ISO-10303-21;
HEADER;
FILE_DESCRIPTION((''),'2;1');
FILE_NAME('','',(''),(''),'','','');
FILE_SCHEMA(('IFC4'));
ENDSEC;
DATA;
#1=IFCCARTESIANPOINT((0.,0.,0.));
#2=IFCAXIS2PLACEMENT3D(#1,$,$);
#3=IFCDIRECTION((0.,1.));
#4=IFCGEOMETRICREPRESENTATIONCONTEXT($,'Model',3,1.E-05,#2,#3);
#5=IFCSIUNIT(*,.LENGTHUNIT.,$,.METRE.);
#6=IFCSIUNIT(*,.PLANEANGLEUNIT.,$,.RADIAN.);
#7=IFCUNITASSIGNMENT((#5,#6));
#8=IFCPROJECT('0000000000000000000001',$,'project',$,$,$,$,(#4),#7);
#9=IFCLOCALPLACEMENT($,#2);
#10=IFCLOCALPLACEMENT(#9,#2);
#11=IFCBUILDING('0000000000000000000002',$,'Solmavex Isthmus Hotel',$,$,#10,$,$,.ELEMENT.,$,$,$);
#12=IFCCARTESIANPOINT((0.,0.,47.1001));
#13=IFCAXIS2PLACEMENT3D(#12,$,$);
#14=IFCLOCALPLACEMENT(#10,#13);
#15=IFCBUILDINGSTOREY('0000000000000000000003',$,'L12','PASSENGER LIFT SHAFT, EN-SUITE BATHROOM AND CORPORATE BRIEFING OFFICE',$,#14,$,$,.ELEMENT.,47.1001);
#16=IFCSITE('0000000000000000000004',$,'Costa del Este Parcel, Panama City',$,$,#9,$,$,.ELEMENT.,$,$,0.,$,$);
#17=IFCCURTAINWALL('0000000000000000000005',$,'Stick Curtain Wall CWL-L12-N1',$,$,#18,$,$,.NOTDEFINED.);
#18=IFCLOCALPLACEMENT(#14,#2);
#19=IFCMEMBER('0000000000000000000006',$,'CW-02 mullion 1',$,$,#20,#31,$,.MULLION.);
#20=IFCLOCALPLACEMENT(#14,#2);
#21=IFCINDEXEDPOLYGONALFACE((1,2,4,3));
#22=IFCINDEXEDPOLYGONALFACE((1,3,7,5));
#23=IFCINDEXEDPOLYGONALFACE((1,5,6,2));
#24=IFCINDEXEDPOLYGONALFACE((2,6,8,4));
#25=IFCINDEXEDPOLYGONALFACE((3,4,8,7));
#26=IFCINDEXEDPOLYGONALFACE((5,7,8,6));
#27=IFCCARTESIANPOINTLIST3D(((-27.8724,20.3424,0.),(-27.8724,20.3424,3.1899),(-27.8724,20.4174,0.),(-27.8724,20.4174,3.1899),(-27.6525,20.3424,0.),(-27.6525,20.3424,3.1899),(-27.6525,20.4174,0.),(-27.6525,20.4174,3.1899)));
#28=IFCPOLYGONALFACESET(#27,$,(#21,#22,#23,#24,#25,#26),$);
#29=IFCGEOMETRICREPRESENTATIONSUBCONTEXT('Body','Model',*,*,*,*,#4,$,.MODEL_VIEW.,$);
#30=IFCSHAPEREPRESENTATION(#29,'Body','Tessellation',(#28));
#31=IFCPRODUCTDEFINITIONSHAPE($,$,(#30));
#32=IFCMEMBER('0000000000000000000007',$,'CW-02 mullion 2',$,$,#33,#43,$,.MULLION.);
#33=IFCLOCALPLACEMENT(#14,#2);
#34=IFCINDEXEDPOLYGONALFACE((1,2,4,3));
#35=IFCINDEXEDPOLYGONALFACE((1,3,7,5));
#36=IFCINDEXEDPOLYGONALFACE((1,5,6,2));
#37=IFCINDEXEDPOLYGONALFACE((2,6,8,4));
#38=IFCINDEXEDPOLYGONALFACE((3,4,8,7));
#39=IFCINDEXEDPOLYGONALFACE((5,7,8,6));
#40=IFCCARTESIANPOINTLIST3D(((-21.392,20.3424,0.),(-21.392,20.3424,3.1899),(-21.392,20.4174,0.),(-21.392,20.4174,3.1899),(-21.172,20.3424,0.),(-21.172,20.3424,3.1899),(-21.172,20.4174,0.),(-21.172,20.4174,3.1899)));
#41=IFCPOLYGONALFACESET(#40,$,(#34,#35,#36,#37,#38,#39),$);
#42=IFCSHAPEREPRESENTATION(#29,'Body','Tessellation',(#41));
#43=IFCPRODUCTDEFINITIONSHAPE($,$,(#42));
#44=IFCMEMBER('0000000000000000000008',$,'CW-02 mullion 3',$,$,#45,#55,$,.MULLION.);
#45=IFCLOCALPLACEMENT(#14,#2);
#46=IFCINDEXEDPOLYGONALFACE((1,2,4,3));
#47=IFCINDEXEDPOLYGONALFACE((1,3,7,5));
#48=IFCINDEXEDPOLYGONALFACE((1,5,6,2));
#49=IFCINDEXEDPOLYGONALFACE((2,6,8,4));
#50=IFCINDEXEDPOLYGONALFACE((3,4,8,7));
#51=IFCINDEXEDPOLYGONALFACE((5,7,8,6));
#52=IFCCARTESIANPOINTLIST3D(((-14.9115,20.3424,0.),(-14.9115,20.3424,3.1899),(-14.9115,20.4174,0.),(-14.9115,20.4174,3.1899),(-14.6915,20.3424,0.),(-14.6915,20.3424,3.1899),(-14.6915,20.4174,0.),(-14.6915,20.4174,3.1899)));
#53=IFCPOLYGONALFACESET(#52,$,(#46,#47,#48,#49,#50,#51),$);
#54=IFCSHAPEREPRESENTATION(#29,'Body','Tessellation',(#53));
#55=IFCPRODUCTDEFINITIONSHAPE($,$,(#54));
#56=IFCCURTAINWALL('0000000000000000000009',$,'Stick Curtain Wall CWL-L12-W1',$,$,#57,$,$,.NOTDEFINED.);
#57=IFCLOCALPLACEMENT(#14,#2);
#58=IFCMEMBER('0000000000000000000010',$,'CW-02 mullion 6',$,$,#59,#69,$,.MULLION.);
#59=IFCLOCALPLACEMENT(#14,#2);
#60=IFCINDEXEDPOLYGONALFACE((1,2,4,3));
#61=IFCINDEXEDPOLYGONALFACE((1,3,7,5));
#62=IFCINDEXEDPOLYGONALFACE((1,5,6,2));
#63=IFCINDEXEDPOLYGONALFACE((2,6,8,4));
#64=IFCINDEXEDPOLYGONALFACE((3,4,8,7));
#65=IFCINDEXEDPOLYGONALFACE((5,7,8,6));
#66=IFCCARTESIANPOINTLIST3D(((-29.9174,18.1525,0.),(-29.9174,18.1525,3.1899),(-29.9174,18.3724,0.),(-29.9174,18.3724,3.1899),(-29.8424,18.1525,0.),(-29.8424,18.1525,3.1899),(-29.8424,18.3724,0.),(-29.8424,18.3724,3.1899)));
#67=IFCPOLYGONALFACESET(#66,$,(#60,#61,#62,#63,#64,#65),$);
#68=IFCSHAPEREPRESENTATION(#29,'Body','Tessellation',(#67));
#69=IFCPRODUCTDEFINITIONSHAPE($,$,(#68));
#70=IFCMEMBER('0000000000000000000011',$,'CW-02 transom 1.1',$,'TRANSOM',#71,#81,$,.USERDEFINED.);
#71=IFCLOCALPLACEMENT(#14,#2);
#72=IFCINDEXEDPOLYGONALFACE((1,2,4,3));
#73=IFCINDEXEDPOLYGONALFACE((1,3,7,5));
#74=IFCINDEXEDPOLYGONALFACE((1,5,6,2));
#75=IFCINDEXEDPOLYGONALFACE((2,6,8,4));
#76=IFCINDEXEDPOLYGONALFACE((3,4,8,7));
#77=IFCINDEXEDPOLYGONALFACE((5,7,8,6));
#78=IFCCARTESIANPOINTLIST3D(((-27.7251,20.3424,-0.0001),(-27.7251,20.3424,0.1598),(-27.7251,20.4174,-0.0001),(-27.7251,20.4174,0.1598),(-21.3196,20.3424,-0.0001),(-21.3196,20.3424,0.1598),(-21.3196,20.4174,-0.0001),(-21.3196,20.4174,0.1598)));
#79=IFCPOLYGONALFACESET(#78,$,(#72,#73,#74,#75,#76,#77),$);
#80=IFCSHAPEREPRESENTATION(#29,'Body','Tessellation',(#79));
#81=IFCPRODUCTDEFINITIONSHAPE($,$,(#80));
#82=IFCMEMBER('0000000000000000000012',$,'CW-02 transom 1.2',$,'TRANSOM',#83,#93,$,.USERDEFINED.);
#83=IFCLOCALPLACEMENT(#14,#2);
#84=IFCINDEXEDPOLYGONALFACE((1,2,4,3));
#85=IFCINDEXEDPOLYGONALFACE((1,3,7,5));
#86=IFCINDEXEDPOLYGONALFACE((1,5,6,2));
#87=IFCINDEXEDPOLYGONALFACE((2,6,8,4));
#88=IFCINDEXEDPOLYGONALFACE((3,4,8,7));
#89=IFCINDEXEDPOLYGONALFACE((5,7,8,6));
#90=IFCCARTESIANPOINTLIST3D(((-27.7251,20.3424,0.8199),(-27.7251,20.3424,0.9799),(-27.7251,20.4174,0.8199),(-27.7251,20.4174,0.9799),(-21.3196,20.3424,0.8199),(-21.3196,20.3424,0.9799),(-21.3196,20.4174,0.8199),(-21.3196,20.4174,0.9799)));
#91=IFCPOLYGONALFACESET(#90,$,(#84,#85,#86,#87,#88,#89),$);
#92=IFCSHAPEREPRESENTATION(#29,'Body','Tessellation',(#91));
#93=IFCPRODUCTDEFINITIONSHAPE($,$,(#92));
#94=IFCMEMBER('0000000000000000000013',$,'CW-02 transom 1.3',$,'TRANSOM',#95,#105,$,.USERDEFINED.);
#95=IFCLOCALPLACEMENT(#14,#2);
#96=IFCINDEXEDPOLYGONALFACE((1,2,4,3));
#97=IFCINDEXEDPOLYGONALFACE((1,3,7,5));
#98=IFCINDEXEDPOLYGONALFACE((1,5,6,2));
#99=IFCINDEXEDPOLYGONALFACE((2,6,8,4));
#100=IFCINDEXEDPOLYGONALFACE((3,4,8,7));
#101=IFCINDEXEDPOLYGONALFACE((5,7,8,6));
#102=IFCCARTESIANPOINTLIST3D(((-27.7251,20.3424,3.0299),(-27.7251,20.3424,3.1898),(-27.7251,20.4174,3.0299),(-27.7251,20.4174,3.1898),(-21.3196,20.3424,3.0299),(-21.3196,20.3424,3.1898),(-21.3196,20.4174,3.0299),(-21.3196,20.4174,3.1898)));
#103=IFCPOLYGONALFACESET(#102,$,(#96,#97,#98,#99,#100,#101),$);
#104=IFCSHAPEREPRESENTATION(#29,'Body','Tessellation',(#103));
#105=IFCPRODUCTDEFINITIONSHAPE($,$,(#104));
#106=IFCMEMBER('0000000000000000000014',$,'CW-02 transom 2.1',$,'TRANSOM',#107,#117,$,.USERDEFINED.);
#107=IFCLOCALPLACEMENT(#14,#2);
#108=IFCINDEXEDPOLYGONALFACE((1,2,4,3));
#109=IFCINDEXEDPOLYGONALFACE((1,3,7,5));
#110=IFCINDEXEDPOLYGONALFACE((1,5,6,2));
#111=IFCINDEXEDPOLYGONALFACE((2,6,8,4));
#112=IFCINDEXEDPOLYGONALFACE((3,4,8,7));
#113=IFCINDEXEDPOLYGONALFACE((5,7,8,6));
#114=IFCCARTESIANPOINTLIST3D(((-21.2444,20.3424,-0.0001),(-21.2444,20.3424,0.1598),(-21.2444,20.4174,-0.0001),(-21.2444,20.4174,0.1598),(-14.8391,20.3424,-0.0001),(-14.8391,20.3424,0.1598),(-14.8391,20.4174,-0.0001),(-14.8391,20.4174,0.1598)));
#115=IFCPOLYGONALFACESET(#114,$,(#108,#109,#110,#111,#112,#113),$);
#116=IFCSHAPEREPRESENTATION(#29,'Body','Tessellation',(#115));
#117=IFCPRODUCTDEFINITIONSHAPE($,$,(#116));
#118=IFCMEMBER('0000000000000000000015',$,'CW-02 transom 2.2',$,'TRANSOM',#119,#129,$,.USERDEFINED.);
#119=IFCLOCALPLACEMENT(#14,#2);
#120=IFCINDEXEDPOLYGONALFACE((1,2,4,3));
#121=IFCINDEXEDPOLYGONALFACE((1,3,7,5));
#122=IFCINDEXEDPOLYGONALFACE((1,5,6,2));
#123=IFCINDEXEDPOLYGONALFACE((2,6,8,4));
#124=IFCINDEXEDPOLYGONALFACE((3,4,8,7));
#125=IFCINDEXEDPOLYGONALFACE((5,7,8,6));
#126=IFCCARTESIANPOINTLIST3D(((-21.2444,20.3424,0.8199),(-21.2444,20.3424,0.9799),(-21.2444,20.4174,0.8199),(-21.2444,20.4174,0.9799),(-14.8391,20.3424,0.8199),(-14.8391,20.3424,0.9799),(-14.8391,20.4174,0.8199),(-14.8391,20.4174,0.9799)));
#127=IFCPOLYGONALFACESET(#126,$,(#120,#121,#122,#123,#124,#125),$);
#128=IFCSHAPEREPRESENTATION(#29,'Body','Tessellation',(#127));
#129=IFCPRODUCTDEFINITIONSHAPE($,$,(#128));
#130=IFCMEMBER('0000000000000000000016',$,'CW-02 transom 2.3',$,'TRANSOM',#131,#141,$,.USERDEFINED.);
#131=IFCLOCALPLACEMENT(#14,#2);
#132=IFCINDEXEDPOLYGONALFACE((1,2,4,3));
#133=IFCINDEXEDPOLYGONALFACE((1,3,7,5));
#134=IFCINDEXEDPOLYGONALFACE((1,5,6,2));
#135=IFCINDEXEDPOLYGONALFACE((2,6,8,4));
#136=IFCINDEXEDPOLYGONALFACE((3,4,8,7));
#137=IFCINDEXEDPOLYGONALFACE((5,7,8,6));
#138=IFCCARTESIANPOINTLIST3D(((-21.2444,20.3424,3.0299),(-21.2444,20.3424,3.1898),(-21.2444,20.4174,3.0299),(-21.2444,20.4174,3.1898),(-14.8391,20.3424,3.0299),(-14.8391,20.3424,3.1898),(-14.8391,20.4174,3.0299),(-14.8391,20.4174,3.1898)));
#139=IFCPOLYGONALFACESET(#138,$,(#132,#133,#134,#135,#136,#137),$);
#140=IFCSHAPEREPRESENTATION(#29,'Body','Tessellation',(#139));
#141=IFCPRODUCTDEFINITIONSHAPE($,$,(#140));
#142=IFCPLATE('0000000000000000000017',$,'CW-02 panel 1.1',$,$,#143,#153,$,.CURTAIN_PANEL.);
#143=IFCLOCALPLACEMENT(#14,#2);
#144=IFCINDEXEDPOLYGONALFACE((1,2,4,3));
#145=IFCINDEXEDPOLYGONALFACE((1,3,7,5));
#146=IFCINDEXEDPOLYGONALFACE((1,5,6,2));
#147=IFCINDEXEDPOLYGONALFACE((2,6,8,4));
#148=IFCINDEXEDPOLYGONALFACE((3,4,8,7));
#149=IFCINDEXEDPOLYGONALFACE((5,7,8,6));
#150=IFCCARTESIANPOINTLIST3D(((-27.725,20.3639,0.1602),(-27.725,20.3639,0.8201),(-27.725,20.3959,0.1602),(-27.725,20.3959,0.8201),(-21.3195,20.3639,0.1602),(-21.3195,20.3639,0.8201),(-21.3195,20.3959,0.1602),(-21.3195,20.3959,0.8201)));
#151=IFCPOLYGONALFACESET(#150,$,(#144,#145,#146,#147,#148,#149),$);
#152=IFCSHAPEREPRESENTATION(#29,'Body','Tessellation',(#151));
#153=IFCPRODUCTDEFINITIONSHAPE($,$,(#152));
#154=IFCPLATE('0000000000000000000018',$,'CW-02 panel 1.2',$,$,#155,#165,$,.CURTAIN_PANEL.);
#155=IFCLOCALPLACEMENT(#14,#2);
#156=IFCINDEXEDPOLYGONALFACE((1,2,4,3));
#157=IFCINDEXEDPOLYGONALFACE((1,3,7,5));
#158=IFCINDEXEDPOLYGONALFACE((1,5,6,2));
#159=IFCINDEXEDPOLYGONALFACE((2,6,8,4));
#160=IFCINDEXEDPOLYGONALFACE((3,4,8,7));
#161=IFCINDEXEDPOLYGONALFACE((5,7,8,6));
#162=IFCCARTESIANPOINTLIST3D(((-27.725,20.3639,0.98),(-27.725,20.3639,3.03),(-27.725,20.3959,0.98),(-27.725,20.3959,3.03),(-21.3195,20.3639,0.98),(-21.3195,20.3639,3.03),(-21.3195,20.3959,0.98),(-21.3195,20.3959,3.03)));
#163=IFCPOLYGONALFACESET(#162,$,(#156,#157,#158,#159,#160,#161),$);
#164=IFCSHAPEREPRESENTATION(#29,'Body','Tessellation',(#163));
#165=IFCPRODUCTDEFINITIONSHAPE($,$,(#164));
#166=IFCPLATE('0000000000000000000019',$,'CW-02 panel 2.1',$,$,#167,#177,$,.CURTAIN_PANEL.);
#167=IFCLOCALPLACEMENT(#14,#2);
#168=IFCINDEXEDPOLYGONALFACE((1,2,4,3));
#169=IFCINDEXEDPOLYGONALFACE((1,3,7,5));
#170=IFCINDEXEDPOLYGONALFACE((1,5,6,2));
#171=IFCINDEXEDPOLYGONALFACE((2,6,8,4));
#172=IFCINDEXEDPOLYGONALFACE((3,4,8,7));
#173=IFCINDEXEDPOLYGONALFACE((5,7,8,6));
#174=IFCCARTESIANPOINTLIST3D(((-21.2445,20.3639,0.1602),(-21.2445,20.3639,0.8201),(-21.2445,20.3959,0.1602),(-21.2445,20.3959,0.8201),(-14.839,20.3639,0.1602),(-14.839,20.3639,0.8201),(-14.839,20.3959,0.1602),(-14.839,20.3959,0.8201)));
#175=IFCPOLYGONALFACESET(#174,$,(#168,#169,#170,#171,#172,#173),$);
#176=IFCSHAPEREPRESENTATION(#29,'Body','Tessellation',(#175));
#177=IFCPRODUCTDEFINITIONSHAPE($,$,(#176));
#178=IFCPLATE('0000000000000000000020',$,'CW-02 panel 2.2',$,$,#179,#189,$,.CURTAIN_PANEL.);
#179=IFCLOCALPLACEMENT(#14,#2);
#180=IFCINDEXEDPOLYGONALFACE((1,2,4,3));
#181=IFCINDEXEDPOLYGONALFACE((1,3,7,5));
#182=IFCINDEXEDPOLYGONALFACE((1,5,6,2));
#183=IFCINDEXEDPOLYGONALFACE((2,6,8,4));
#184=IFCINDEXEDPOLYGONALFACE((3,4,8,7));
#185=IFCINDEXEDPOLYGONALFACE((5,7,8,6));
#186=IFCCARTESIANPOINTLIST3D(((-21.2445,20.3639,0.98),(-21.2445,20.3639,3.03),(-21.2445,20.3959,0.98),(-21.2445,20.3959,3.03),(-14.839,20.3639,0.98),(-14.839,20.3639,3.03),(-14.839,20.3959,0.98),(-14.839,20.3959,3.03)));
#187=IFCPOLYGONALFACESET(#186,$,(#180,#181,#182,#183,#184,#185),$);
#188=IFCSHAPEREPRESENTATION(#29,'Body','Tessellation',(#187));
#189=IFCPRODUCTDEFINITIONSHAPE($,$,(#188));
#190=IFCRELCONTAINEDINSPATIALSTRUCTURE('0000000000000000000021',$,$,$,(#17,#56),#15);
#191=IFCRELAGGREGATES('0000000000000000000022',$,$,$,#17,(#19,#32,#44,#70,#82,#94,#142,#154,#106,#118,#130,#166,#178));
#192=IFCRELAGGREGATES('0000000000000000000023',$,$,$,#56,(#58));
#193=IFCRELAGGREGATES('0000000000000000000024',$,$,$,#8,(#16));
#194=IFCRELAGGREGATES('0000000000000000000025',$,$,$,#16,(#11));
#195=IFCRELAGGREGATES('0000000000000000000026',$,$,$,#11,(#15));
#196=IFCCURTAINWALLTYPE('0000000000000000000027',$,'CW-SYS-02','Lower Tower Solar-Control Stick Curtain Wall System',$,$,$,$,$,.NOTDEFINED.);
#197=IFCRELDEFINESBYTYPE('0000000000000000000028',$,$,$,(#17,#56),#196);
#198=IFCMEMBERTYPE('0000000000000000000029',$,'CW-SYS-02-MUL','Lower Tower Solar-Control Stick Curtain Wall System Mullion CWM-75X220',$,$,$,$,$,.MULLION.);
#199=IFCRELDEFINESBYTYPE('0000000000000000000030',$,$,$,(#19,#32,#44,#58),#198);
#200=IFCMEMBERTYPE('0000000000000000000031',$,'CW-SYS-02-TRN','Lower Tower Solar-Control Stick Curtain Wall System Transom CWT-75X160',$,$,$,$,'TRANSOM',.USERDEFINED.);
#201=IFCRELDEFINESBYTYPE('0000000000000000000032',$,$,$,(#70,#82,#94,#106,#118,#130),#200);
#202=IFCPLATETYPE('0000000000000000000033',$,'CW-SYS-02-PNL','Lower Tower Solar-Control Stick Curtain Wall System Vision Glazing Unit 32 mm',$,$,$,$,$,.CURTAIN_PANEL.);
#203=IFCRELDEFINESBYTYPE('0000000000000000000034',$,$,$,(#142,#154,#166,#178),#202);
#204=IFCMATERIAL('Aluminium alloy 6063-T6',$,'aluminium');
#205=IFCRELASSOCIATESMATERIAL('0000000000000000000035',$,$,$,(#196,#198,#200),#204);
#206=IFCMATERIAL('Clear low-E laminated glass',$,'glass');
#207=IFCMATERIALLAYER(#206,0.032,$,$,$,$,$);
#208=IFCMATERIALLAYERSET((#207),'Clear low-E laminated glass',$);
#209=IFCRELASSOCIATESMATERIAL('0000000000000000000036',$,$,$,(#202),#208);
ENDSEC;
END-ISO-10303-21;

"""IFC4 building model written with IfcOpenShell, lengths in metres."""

from ifc_helpers import new_model, si_unit, direction, frame, origin, origin_2d, place, context, subcontext, project, spatial, rectangle, extrude, material, layer, layer_set, material_profile, profile_set, type_object, element, aggregate, save


model = new_model("IFC4")

# Units and contexts
model_context = context("Model", 3, precision=1e-05, world=origin(), true_north=direction((0.0, 1.0)))
body_context = subcontext(model_context, "Body", "Model", "MODEL_VIEW")
ifc_project = project(units=[si_unit("LENGTHUNIT", "METRE"), si_unit("PLANEANGLEUNIT", "RADIAN")], contexts=[model_context])

# Site, building, storey
site_placement = place(None, origin())
site = spatial("IfcSite", under=ifc_project, at=site_placement, Name="Costa del Este Parcel, Panama City", CompositionType="ELEMENT", RefElevation=0.0)
building_placement = place(site_placement, origin())
building = spatial("IfcBuilding", under=site, at=building_placement, Name="Solmavex Isthmus Hotel", CompositionType="ELEMENT")
storey_placement = place(building_placement, frame((0.0, 0.0, 47.1001)))
storey = spatial("IfcBuildingStorey", under=building, at=storey_placement, Name="L12", Description="PASSENGER LIFT SHAFT, EN-SUITE BATHROOM AND CORPORATE BRIEFING OFFICE", CompositionType="ELEMENT", Elevation=47.1001)

# Curtain wall, members
ifc_material_1 = material(Name="Aluminium alloy 6063-T6", Category="aluminium")
curtain_wall_type = type_object("IfcCurtainWallType", Name="CW-SYS-02", Description="Lower Tower Solar-Control Stick Curtain Wall System", PredefinedType="NOTDEFINED", material=ifc_material_1)
curtain_wall_1_placement = place(storey_placement, origin())
curtain_wall_1 = element("IfcCurtainWall", 1, at=curtain_wall_1_placement, inside=storey, type_object=curtain_wall_type, Name="Stick Curtain Wall CWL-L12-N1", PredefinedType="NOTDEFINED")
ifc_material_profile_1 = material_profile(ifc_material_1, rectangle(XDim=0.075, YDim=0.22, at=origin_2d()), Name="CWM-75X220")
ifc_profile_set_1 = profile_set([ifc_material_profile_1], Name="Aluminium alloy 6063-T6")
member_type_1 = type_object("IfcMemberType", Name="CW-SYS-02-MUL", Description="Lower Tower Solar-Control Stick Curtain Wall System Mullion CWM-75X220", PredefinedType="MULLION", material=ifc_profile_set_1)
member_1_placement = place(storey_placement, frame((-27.7625, 20.3799, 0.0), z_axis=(0.0, 0.0, 1.0), x_axis=(0.0, 1.0, 0.0)))
member_1 = element("IfcMember", 2, at=member_1_placement, type_object=member_type_1, Name="CW-02 mullion 1", PredefinedType="MULLION", context=body_context, shape_type="SweptSolid", body=[
    extrude(rectangle(XDim=0.075, YDim=0.22, at=origin_2d()), origin(), (0.0, 0.0, 1.0), 3.1899),
])
member_2_placement = place(storey_placement, frame((-21.282, 20.3799, 0.0), z_axis=(0.0, 0.0, 1.0), x_axis=(0.0, 1.0, 0.0)))
member_2 = element("IfcMember", 3, at=member_2_placement, type_object=member_type_1, Name="CW-02 mullion 2", PredefinedType="MULLION", context=body_context, shape_type="SweptSolid", body=[
    extrude(rectangle(XDim=0.075, YDim=0.22, at=origin_2d()), origin(), (0.0, 0.0, 1.0), 3.1899),
])
member_3_placement = place(storey_placement, frame((-14.8015, 20.3799, 0.0), z_axis=(0.0, 0.0, 1.0), x_axis=(0.0, 1.0, 0.0)))
member_3 = element("IfcMember", 4, at=member_3_placement, type_object=member_type_1, Name="CW-02 mullion 3", PredefinedType="MULLION", context=body_context, shape_type="SweptSolid", body=[
    extrude(rectangle(XDim=0.075, YDim=0.22, at=origin_2d()), origin(), (0.0, 0.0, 1.0), 3.1899),
])

# Curtain wall, member
curtain_wall_2_placement = place(storey_placement, origin())
curtain_wall_2 = element("IfcCurtainWall", 5, at=curtain_wall_2_placement, inside=storey, type_object=curtain_wall_type, Name="Stick Curtain Wall CWL-L12-W1", PredefinedType="NOTDEFINED")
member_4_placement = place(storey_placement, frame((-29.8799, 18.2625, 0.0), z_axis=(0.0, 0.0, 1.0), x_axis=(-1.0, 0.0, 0.0)))
member_4 = element("IfcMember", 6, at=member_4_placement, type_object=member_type_1, Name="CW-02 mullion 6", PredefinedType="MULLION", context=body_context, shape_type="SweptSolid", body=[
    extrude(rectangle(XDim=0.075, YDim=0.22, at=origin_2d()), origin(), (0.0, 0.0, 1.0), 3.1899),
])

# Members
ifc_material_profile_2 = material_profile(ifc_material_1, rectangle(XDim=0.075, YDim=0.1599, at=origin_2d()), Name="CWT-75X160")
ifc_profile_set_2 = profile_set([ifc_material_profile_2], Name="Aluminium alloy 6063-T6")
member_type_2 = type_object("IfcMemberType", Name="CW-SYS-02-TRN", Description="Lower Tower Solar-Control Stick Curtain Wall System Transom CWT-75X160", ElementType="TRANSOM", PredefinedType="USERDEFINED", material=ifc_profile_set_2)
member_5_placement = place(storey_placement, frame((-27.7251, 20.3799, 0.0798), z_axis=(1.0, 0.0, 0.0), x_axis=(0.0, 1.0, 0.0)))
member_5 = element("IfcMember", 7, at=member_5_placement, type_object=member_type_2, Name="CW-02 transom 1.1", ObjectType="TRANSOM", PredefinedType="USERDEFINED", context=body_context, shape_type="SweptSolid", body=[
    extrude(rectangle(XDim=0.075, YDim=0.1599, at=origin_2d()), origin(), (0.0, 0.0, 1.0), 6.4055),
])
member_6_placement = place(storey_placement, frame((-27.7251, 20.3799, 0.8999), z_axis=(1.0, 0.0, 0.0), x_axis=(0.0, 1.0, 0.0)))
member_6 = element("IfcMember", 8, at=member_6_placement, type_object=member_type_2, Name="CW-02 transom 1.2", ObjectType="TRANSOM", PredefinedType="USERDEFINED", context=body_context, shape_type="SweptSolid", body=[
    extrude(rectangle(XDim=0.075, YDim=0.1599, at=origin_2d()), origin(), (0.0, 0.0, 1.0), 6.4055),
])
member_7_placement = place(storey_placement, frame((-27.7251, 20.3799, 3.1099), z_axis=(1.0, 0.0, 0.0), x_axis=(0.0, 1.0, 0.0)))
member_7 = element("IfcMember", 9, at=member_7_placement, type_object=member_type_2, Name="CW-02 transom 1.3", ObjectType="TRANSOM", PredefinedType="USERDEFINED", context=body_context, shape_type="SweptSolid", body=[
    extrude(rectangle(XDim=0.075, YDim=0.1599, at=origin_2d()), origin(), (0.0, 0.0, 1.0), 6.4055),
])
member_8_placement = place(storey_placement, frame((-21.2444, 20.3799, 0.0798), z_axis=(1.0, 0.0, 0.0), x_axis=(0.0, 1.0, 0.0)))
member_8 = element("IfcMember", 10, at=member_8_placement, type_object=member_type_2, Name="CW-02 transom 2.1", ObjectType="TRANSOM", PredefinedType="USERDEFINED", context=body_context, shape_type="SweptSolid", body=[
    extrude(rectangle(XDim=0.075, YDim=0.1599, at=origin_2d()), origin(), (0.0, 0.0, 1.0), 6.4053),
])
member_9_placement = place(storey_placement, frame((-21.2444, 20.3799, 0.8999), z_axis=(1.0, 0.0, 0.0), x_axis=(0.0, 1.0, 0.0)))
member_9 = element("IfcMember", 11, at=member_9_placement, type_object=member_type_2, Name="CW-02 transom 2.2", ObjectType="TRANSOM", PredefinedType="USERDEFINED", context=body_context, shape_type="SweptSolid", body=[
    extrude(rectangle(XDim=0.075, YDim=0.1599, at=origin_2d()), origin(), (0.0, 0.0, 1.0), 6.4053),
])
member_10_placement = place(storey_placement, frame((-21.2444, 20.3799, 3.1099), z_axis=(1.0, 0.0, 0.0), x_axis=(0.0, 1.0, 0.0)))
member_10 = element("IfcMember", 12, at=member_10_placement, type_object=member_type_2, Name="CW-02 transom 2.3", ObjectType="TRANSOM", PredefinedType="USERDEFINED", context=body_context, shape_type="SweptSolid", body=[
    extrude(rectangle(XDim=0.075, YDim=0.1599, at=origin_2d()), origin(), (0.0, 0.0, 1.0), 6.4053),
])

# Plates
ifc_material_2 = material(Name="Clear low-E laminated glass", Category="glass")
ifc_layer_1 = layer(ifc_material_2, 0.032)
ifc_layer_set_1 = layer_set([ifc_layer_1], Name="Clear low-E laminated glass")
plate_type = type_object("IfcPlateType", Name="CW-SYS-02-PNL", Description="Lower Tower Solar-Control Stick Curtain Wall System Vision Glazing Unit 32 mm", PredefinedType="CURTAIN_PANEL", material=ifc_layer_set_1)
plate_1_placement = place(storey_placement, frame((-24.5222, 20.3799, 0.1602), z_axis=(0.0, 0.0, 1.0), x_axis=(1.0, 0.0, 0.0)))
plate_1 = element("IfcPlate", 13, at=plate_1_placement, type_object=plate_type, Name="CW-02 panel 1.1", PredefinedType="CURTAIN_PANEL", context=body_context, shape_type="SweptSolid", body=[
    extrude(rectangle(XDim=6.4055, YDim=0.032, at=origin_2d()), origin(), (0.0, 0.0, 1.0), 0.6599),
])
plate_2_placement = place(storey_placement, frame((-24.5222, 20.3799, 0.98), z_axis=(0.0, 0.0, 1.0), x_axis=(1.0, 0.0, 0.0)))
plate_2 = element("IfcPlate", 14, at=plate_2_placement, type_object=plate_type, Name="CW-02 panel 1.2", PredefinedType="CURTAIN_PANEL", context=body_context, shape_type="SweptSolid", body=[
    extrude(rectangle(XDim=6.4055, YDim=0.032, at=origin_2d()), origin(), (0.0, 0.0, 1.0), 2.05),
])
plate_3_placement = place(storey_placement, frame((-18.0417, 20.3799, 0.1602), z_axis=(0.0, 0.0, 1.0), x_axis=(1.0, 0.0, 0.0)))
plate_3 = element("IfcPlate", 15, at=plate_3_placement, type_object=plate_type, Name="CW-02 panel 2.1", PredefinedType="CURTAIN_PANEL", context=body_context, shape_type="SweptSolid", body=[
    extrude(rectangle(XDim=6.4055, YDim=0.032, at=origin_2d()), origin(), (0.0, 0.0, 1.0), 0.6599),
])
plate_4_placement = place(storey_placement, frame((-18.0417, 20.3799, 0.98), z_axis=(0.0, 0.0, 1.0), x_axis=(1.0, 0.0, 0.0)))
plate_4 = element("IfcPlate", 16, at=plate_4_placement, type_object=plate_type, Name="CW-02 panel 2.2", PredefinedType="CURTAIN_PANEL", context=body_context, shape_type="SweptSolid", body=[
    extrude(rectangle(XDim=6.4055, YDim=0.032, at=origin_2d()), origin(), (0.0, 0.0, 1.0), 2.05),
])
aggregate(curtain_wall_1, [member_1, member_2, member_3, member_5, member_6, member_7, plate_1, plate_2, member_8, member_9, member_10, plate_3, plate_4])
aggregate(curtain_wall_2, [member_4])

save(model, "model.ifc")
